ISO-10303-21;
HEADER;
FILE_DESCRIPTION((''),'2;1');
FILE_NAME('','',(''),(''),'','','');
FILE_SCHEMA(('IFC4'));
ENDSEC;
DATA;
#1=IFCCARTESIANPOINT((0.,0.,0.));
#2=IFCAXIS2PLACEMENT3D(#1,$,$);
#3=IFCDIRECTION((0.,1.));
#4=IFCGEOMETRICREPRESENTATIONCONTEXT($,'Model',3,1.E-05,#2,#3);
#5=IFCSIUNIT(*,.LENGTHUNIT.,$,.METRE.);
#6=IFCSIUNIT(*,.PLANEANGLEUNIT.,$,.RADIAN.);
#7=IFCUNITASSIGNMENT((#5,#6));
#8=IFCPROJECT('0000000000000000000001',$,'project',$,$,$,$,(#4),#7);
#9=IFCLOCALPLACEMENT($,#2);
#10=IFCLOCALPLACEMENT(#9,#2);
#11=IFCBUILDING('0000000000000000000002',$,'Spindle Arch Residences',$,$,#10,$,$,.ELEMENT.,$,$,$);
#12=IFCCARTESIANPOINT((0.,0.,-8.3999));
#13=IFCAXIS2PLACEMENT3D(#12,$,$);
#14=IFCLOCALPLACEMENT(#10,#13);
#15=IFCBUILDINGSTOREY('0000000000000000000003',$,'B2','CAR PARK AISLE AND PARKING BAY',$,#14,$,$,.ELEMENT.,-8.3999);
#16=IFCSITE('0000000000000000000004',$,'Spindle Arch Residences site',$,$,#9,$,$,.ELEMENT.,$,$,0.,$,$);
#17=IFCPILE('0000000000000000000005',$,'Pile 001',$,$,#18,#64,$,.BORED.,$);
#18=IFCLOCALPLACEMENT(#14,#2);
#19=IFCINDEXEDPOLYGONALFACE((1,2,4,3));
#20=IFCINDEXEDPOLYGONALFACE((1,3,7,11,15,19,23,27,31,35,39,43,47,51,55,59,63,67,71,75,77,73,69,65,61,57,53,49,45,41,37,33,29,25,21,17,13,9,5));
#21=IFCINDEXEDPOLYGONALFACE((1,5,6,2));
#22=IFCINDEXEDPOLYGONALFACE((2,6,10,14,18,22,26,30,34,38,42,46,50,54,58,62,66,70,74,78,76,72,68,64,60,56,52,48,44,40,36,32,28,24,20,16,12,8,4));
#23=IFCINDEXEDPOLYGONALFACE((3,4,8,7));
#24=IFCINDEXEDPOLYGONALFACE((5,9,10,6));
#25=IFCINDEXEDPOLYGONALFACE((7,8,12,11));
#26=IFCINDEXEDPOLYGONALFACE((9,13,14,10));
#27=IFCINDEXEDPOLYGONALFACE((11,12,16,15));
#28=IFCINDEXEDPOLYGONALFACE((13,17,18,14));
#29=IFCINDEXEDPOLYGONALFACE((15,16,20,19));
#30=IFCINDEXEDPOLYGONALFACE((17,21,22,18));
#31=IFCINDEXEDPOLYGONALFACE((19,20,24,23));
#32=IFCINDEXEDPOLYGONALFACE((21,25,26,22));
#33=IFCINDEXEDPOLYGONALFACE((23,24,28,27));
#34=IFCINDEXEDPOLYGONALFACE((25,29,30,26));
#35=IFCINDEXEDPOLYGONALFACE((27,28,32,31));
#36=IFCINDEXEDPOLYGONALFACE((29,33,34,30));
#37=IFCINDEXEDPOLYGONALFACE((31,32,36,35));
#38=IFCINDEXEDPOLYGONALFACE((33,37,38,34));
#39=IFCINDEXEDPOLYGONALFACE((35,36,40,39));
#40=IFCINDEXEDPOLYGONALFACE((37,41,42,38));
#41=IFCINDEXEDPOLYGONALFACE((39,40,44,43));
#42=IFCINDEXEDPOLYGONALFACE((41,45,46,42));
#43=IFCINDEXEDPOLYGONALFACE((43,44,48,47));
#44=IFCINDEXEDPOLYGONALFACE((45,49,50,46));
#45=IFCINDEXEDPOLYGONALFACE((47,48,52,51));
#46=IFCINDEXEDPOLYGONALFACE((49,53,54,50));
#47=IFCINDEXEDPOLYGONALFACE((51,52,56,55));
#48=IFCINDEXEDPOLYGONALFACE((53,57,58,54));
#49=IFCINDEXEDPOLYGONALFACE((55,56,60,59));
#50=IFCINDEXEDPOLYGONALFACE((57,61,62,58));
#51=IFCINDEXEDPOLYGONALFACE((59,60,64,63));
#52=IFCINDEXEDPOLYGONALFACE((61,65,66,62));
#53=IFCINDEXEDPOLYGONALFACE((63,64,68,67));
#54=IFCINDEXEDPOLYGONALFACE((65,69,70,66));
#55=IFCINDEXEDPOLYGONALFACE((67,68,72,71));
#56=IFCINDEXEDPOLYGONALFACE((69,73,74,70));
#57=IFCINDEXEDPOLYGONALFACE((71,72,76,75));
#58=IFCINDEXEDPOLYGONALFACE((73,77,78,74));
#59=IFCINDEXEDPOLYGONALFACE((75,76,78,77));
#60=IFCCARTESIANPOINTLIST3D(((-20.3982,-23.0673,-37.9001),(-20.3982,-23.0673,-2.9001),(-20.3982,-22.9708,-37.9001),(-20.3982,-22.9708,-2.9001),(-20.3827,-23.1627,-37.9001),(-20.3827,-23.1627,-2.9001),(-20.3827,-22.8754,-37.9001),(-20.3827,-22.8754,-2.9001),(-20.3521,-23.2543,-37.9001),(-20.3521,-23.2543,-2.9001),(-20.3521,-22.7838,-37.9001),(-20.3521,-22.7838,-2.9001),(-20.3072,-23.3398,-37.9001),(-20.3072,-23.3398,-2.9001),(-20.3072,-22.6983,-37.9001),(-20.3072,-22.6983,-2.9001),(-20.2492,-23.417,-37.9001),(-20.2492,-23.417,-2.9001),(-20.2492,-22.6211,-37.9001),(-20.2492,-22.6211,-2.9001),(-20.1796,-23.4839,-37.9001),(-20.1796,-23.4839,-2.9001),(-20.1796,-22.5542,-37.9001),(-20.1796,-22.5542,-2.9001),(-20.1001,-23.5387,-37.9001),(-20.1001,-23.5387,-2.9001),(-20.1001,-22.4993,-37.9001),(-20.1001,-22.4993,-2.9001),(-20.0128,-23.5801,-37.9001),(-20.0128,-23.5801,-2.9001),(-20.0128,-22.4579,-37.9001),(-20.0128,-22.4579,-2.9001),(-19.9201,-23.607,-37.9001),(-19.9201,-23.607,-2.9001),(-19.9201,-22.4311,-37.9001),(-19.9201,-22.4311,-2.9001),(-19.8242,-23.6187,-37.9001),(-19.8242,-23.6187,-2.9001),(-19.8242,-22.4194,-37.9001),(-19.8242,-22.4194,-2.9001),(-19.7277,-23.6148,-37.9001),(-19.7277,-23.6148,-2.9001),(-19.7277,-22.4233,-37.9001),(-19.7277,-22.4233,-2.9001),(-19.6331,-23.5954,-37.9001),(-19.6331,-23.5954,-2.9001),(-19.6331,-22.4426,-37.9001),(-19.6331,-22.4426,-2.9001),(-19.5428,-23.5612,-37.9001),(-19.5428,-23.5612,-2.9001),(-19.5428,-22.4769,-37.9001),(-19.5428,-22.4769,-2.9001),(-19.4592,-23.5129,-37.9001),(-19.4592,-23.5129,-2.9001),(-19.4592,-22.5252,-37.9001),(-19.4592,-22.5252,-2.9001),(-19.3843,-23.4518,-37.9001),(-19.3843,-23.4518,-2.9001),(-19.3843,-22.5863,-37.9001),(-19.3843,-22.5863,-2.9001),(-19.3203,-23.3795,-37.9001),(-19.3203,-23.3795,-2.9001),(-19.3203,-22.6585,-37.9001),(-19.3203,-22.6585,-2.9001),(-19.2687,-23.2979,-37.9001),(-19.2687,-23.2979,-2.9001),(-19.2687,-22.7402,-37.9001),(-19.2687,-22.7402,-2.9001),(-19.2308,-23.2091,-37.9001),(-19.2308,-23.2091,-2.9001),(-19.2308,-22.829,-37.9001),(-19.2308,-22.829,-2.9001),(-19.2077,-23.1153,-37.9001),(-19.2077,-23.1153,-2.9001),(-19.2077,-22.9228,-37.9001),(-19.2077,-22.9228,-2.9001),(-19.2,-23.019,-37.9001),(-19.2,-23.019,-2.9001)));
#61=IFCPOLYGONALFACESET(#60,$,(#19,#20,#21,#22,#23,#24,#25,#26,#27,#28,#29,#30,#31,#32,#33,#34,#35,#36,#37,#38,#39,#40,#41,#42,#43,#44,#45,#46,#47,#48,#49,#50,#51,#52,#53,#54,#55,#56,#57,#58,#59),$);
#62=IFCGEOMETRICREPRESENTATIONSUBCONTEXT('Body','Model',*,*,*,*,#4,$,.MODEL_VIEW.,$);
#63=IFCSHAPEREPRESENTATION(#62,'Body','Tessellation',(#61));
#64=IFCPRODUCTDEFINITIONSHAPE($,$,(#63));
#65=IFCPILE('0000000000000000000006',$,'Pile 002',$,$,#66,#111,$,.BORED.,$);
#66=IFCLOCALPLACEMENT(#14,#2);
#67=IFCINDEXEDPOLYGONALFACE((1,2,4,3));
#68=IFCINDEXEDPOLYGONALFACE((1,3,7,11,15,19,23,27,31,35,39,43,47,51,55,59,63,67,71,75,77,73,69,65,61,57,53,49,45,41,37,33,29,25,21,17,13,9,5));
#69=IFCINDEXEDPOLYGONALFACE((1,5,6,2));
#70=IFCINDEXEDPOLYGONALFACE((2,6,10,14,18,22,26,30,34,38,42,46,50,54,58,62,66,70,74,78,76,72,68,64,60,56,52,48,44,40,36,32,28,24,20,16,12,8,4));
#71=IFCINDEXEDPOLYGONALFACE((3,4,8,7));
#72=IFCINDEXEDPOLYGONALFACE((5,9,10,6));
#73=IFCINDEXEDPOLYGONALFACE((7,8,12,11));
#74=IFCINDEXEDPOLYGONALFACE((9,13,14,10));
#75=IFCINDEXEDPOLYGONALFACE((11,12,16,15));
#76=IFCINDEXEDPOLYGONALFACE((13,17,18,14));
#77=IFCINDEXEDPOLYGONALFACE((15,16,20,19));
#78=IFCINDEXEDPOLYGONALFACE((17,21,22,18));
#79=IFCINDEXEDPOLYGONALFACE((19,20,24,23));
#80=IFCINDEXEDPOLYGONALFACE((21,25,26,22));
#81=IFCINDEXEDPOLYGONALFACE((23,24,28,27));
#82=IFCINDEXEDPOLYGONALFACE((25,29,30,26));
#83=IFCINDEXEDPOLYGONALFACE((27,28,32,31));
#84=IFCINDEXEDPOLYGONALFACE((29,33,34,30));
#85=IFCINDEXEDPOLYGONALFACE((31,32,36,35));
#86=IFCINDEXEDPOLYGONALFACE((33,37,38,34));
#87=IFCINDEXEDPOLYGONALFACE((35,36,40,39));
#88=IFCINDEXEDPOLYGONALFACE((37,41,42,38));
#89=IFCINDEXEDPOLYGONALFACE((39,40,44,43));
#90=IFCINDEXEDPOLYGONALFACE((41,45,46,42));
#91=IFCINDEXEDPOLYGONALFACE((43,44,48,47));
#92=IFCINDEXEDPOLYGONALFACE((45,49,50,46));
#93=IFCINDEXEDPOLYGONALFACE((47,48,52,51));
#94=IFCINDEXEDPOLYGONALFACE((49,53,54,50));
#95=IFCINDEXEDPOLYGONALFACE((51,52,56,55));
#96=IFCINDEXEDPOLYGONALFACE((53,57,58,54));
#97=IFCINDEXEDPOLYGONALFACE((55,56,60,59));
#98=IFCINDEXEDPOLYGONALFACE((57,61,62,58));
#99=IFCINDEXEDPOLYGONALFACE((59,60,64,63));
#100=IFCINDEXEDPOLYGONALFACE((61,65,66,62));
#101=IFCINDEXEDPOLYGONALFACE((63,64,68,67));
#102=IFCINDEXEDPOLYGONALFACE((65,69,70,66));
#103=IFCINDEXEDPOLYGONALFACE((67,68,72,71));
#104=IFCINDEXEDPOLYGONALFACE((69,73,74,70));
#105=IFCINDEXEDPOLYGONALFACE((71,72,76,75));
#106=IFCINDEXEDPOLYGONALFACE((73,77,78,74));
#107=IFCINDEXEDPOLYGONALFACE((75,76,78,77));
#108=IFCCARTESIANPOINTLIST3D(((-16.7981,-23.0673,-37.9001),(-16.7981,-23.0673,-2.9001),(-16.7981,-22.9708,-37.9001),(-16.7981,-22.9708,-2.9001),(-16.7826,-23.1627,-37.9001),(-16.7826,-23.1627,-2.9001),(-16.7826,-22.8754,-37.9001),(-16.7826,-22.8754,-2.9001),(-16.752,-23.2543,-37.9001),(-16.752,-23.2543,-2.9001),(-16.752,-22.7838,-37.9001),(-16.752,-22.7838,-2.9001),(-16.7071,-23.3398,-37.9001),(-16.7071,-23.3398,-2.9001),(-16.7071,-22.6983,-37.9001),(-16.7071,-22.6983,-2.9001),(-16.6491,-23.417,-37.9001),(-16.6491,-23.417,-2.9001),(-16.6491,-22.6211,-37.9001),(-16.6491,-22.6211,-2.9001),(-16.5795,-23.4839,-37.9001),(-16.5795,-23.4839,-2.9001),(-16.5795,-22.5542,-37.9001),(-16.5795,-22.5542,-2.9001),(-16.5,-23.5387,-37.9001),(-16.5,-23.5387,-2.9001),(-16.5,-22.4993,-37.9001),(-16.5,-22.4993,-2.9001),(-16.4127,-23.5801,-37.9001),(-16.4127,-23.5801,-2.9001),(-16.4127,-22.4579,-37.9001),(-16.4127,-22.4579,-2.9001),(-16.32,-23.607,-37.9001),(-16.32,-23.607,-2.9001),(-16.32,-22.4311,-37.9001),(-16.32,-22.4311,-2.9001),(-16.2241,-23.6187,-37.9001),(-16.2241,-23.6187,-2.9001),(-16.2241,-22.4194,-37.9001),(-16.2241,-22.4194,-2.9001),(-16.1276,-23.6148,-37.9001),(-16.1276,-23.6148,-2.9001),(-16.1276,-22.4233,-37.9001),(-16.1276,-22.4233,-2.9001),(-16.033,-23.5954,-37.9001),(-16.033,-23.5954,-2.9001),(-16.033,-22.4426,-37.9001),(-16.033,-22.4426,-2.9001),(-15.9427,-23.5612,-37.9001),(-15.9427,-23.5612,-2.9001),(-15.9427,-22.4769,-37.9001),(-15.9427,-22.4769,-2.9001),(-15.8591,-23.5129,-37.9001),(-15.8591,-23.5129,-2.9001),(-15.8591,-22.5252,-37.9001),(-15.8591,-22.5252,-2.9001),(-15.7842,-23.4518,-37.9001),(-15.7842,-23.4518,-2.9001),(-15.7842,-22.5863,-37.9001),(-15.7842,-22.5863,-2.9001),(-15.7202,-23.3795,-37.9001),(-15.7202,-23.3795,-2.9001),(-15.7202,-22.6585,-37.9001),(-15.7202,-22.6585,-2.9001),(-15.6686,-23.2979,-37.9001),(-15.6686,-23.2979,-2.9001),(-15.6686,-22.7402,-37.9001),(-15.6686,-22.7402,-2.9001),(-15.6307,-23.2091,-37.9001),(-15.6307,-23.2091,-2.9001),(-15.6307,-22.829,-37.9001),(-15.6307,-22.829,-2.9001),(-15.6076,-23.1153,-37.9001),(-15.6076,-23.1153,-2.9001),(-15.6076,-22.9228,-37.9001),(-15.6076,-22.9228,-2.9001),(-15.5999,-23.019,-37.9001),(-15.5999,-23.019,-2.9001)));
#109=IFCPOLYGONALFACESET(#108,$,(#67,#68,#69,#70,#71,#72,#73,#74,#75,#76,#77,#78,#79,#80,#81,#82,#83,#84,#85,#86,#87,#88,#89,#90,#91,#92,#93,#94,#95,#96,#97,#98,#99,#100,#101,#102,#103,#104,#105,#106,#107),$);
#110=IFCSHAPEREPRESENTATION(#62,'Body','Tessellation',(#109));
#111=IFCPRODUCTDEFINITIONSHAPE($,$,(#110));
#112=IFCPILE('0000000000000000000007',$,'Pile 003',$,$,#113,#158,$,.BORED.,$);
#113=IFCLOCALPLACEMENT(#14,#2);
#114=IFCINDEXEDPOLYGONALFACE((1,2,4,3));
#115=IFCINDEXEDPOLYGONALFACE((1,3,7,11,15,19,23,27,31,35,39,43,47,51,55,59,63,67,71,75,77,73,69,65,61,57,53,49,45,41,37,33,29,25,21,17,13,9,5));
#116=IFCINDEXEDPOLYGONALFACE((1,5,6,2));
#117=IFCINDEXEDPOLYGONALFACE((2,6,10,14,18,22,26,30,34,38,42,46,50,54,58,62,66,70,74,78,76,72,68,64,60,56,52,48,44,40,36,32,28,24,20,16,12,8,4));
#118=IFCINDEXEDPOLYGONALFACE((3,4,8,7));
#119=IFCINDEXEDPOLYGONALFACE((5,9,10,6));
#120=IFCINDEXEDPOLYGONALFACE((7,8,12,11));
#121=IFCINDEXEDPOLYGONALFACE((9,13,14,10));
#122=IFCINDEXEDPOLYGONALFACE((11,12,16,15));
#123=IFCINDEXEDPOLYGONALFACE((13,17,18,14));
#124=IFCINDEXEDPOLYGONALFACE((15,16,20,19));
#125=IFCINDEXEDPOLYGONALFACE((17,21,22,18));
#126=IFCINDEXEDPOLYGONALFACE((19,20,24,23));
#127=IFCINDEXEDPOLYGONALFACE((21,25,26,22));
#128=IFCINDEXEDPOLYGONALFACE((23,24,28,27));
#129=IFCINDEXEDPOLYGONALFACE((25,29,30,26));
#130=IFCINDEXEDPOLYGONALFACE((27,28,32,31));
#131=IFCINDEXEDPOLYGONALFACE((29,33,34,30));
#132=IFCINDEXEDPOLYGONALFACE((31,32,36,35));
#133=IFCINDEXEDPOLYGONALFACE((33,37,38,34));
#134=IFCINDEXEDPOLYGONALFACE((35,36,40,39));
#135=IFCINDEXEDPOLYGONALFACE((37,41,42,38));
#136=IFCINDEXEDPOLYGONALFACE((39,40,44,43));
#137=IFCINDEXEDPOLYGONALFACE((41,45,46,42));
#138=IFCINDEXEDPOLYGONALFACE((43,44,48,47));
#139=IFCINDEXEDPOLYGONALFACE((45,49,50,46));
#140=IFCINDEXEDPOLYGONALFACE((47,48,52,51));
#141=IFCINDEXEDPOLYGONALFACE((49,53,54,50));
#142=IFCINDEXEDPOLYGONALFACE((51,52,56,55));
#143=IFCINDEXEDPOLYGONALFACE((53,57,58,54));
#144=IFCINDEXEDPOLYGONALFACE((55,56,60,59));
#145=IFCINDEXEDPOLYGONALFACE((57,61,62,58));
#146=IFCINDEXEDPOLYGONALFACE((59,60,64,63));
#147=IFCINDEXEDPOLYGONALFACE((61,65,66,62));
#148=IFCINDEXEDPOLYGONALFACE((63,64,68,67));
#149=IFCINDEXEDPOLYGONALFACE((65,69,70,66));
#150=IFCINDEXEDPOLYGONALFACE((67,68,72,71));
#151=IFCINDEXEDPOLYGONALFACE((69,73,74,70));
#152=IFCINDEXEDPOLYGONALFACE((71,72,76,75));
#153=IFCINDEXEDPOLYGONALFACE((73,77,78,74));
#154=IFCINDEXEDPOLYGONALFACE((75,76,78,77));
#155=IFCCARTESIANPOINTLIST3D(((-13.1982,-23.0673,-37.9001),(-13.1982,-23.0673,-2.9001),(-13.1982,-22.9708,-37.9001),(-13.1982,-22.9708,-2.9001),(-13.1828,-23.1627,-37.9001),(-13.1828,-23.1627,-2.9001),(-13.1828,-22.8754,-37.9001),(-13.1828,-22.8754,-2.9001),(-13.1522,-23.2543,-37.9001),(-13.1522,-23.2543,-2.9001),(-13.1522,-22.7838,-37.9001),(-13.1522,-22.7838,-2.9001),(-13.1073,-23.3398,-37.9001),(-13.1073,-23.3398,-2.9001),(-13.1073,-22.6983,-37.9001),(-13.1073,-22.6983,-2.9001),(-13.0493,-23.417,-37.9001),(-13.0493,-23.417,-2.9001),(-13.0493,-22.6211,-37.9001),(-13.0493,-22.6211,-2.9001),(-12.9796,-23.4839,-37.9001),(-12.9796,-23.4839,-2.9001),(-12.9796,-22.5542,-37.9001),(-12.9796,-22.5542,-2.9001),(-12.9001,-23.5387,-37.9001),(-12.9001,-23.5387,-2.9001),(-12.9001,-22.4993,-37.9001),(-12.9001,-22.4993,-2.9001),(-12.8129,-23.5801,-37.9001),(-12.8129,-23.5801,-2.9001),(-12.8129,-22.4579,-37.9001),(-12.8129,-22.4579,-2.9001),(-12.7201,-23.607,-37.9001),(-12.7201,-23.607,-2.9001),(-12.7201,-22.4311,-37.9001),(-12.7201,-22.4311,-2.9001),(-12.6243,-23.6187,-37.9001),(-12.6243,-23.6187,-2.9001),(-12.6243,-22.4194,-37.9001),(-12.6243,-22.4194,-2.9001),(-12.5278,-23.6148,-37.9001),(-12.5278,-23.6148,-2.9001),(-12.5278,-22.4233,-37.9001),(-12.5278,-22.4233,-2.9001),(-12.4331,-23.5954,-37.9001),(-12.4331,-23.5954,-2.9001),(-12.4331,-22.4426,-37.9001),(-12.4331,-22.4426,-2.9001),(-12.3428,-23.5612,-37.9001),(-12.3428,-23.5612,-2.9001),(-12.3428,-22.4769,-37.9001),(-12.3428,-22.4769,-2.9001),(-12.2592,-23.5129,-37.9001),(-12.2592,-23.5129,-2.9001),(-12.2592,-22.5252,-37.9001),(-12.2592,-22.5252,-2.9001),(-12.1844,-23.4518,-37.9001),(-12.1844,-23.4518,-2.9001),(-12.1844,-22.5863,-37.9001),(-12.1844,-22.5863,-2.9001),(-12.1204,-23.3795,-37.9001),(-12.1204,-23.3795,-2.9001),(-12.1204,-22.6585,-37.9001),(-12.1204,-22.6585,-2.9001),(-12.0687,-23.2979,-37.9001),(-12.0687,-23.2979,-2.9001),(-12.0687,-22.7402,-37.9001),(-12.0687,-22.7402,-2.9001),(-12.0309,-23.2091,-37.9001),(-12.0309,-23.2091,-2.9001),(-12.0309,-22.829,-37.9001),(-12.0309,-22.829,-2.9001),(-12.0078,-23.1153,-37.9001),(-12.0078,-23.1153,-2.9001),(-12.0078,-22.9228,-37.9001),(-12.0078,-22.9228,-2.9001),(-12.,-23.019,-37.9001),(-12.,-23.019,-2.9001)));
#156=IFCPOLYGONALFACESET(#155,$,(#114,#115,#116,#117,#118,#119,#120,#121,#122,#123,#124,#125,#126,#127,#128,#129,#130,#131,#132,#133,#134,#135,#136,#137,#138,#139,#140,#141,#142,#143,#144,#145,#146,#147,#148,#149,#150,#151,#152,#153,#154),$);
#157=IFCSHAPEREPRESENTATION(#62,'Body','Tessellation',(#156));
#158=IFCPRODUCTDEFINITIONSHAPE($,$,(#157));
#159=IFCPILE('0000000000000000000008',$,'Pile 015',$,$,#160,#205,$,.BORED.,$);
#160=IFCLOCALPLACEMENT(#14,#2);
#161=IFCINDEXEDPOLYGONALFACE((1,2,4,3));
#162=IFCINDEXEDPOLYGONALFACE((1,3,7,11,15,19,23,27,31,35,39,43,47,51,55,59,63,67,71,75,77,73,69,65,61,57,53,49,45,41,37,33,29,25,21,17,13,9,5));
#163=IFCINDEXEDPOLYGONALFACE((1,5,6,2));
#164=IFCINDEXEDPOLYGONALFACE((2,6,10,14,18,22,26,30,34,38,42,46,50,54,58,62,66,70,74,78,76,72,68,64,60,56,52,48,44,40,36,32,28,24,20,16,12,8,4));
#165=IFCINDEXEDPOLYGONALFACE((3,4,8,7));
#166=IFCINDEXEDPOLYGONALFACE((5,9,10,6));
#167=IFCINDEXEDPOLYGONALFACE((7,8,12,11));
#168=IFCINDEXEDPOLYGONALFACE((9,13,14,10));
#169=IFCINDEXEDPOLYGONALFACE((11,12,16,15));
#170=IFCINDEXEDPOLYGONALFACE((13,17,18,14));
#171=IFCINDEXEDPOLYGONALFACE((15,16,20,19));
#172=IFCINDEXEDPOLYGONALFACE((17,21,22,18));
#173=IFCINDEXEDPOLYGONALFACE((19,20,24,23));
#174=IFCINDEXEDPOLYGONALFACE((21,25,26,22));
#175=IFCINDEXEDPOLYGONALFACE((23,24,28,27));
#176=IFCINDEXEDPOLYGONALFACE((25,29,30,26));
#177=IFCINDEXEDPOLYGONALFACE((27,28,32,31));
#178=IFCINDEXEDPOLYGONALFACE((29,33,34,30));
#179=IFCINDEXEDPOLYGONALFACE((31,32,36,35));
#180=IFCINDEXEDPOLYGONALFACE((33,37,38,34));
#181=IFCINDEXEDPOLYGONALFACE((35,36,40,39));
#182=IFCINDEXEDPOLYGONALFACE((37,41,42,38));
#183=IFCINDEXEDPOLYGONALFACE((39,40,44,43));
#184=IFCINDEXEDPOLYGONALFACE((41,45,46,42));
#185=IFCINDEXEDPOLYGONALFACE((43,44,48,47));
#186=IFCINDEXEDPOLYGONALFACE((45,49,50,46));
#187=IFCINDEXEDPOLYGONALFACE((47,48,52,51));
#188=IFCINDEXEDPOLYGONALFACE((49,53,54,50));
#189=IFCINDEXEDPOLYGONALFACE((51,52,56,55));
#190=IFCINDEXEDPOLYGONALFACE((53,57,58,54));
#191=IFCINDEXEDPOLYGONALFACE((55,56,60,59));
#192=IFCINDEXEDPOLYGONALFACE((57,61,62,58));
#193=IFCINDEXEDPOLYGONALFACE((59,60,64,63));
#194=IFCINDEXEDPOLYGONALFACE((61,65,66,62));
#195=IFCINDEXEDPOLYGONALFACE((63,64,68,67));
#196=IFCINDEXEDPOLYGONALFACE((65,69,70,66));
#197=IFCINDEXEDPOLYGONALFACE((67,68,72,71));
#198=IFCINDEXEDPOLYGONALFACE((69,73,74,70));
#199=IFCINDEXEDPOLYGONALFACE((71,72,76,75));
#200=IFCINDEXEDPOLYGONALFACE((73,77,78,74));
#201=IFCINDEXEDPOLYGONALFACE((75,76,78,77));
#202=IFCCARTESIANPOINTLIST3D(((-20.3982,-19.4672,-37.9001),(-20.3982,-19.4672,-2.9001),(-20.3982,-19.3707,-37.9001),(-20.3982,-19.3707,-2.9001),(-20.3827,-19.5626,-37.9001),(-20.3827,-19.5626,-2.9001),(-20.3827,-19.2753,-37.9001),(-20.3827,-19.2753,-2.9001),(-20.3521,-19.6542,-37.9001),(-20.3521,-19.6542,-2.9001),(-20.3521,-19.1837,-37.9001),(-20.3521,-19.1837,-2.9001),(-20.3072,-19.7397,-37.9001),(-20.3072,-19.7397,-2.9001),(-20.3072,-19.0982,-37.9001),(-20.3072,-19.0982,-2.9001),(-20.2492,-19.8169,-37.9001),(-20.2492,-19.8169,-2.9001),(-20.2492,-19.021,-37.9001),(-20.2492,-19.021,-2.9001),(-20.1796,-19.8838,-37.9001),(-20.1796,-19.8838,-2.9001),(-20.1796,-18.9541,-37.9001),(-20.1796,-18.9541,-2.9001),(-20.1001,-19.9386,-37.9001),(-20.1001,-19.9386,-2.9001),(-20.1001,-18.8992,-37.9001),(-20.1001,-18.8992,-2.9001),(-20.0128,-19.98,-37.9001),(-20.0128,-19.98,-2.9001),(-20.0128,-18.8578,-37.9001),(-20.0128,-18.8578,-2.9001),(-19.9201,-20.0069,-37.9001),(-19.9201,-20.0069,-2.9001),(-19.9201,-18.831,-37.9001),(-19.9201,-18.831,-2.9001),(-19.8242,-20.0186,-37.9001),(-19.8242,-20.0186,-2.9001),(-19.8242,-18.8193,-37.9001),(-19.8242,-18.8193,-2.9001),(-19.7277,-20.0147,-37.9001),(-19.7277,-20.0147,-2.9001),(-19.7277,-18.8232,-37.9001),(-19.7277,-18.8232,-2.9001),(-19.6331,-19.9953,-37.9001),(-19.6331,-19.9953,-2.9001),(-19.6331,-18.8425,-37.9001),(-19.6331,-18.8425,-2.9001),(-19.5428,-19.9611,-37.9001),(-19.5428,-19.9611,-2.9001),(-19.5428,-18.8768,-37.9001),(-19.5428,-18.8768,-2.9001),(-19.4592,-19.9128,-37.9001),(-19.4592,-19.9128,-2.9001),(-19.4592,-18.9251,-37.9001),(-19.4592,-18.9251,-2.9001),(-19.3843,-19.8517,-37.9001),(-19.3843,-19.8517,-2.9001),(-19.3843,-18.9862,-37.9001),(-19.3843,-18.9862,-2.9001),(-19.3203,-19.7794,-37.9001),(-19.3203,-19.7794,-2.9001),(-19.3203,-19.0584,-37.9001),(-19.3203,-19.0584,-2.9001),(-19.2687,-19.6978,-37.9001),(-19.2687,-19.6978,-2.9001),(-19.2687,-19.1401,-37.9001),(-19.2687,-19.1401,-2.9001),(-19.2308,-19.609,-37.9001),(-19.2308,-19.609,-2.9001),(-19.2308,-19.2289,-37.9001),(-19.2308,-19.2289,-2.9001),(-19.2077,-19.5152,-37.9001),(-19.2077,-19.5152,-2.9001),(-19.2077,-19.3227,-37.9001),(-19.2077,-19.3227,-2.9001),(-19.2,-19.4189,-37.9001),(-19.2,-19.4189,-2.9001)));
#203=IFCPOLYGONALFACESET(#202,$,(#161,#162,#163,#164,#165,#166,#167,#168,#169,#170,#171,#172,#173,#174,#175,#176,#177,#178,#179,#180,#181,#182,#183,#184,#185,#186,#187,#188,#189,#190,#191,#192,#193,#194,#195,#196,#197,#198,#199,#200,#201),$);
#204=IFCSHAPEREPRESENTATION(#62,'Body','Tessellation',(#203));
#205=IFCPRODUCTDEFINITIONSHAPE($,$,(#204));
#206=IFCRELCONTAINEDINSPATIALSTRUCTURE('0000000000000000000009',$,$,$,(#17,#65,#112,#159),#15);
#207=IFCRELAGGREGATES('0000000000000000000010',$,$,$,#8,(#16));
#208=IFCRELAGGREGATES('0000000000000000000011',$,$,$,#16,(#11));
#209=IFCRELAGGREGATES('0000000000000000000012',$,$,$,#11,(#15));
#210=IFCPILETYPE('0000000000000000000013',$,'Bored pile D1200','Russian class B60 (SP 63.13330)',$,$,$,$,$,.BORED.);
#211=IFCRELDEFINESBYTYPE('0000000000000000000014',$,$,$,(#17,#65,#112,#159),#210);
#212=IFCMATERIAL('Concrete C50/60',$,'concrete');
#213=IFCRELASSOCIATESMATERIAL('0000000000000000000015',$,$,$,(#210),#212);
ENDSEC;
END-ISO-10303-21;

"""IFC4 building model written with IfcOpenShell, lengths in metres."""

from ifc_helpers import new_model, si_unit, direction, frame, origin, origin_2d, place, context, subcontext, project, spatial, circle, extrude, material, material_profile, profile_set, type_object, element, save


model = new_model("IFC4")

# Units and contexts
model_context = context("Model", 3, precision=1e-05, world=origin(), true_north=direction((0.0, 1.0)))
body_context = subcontext(model_context, "Body", "Model", "MODEL_VIEW")
ifc_project = project(units=[si_unit("LENGTHUNIT", "METRE"), si_unit("PLANEANGLEUNIT", "RADIAN")], contexts=[model_context])

# Site, building, storey
site_placement = place(None, origin())
site = spatial("IfcSite", under=ifc_project, at=site_placement, Name="Spindle Arch Residences site", CompositionType="ELEMENT", RefElevation=0.0)
building_placement = place(site_placement, origin())
building = spatial("IfcBuilding", under=site, at=building_placement, Name="Spindle Arch Residences", CompositionType="ELEMENT")
storey_placement = place(building_placement, frame((0.0, 0.0, -8.3999)))
storey = spatial("IfcBuildingStorey", under=building, at=storey_placement, Name="B2", Description="CAR PARK AISLE AND PARKING BAY", CompositionType="ELEMENT", Elevation=-8.3999)

# Piles
ifc_material_1 = material(Name="Concrete C50/60", Category="concrete")
ifc_material_profile_1 = material_profile(ifc_material_1, circle(Radius=0.6001, at=origin_2d()), Name="BP D1200")
ifc_profile_set_1 = profile_set([ifc_material_profile_1], Name="Concrete C50/60")
pile_type = type_object("IfcPileType", Name="Bored pile D1200", Description="Russian class B60 (SP 63.13330)", PredefinedType="BORED", material=ifc_profile_set_1)
for number, where, z_axis, x_axis, name in (
    (1, (-19.8, -23.019, -2.9001), (0.0, 0.0, -1.0), (1.0, 0.0, 0.0), "Pile 001"),
    (2, (-16.2, -23.019, -2.9001), (0.0, 0.0, -1.0), (1.0, 0.0, 0.0), "Pile 002"),
    (3, (-12.6001, -23.019, -2.9001), (0.0, 0.0, -1.0), (1.0, 0.0, 0.0), "Pile 003"),
    (4, (-19.8, -19.4189, -2.9001), (0.0, 0.0, -1.0), (1.0, 0.0, 0.0), "Pile 015"),
):
    element("IfcPile", number, at=place(storey_placement, frame(where, z_axis=z_axis, x_axis=x_axis)), inside=storey, type_object=pile_type, Name=name, PredefinedType="BORED", context=body_context, shape_type="SweptSolid", body=[
        extrude(circle(Radius=0.6001, at=origin_2d()), origin(), (0.0, 0.0, 1.0), 35.0),
    ])

save(model, "model.ifc")
